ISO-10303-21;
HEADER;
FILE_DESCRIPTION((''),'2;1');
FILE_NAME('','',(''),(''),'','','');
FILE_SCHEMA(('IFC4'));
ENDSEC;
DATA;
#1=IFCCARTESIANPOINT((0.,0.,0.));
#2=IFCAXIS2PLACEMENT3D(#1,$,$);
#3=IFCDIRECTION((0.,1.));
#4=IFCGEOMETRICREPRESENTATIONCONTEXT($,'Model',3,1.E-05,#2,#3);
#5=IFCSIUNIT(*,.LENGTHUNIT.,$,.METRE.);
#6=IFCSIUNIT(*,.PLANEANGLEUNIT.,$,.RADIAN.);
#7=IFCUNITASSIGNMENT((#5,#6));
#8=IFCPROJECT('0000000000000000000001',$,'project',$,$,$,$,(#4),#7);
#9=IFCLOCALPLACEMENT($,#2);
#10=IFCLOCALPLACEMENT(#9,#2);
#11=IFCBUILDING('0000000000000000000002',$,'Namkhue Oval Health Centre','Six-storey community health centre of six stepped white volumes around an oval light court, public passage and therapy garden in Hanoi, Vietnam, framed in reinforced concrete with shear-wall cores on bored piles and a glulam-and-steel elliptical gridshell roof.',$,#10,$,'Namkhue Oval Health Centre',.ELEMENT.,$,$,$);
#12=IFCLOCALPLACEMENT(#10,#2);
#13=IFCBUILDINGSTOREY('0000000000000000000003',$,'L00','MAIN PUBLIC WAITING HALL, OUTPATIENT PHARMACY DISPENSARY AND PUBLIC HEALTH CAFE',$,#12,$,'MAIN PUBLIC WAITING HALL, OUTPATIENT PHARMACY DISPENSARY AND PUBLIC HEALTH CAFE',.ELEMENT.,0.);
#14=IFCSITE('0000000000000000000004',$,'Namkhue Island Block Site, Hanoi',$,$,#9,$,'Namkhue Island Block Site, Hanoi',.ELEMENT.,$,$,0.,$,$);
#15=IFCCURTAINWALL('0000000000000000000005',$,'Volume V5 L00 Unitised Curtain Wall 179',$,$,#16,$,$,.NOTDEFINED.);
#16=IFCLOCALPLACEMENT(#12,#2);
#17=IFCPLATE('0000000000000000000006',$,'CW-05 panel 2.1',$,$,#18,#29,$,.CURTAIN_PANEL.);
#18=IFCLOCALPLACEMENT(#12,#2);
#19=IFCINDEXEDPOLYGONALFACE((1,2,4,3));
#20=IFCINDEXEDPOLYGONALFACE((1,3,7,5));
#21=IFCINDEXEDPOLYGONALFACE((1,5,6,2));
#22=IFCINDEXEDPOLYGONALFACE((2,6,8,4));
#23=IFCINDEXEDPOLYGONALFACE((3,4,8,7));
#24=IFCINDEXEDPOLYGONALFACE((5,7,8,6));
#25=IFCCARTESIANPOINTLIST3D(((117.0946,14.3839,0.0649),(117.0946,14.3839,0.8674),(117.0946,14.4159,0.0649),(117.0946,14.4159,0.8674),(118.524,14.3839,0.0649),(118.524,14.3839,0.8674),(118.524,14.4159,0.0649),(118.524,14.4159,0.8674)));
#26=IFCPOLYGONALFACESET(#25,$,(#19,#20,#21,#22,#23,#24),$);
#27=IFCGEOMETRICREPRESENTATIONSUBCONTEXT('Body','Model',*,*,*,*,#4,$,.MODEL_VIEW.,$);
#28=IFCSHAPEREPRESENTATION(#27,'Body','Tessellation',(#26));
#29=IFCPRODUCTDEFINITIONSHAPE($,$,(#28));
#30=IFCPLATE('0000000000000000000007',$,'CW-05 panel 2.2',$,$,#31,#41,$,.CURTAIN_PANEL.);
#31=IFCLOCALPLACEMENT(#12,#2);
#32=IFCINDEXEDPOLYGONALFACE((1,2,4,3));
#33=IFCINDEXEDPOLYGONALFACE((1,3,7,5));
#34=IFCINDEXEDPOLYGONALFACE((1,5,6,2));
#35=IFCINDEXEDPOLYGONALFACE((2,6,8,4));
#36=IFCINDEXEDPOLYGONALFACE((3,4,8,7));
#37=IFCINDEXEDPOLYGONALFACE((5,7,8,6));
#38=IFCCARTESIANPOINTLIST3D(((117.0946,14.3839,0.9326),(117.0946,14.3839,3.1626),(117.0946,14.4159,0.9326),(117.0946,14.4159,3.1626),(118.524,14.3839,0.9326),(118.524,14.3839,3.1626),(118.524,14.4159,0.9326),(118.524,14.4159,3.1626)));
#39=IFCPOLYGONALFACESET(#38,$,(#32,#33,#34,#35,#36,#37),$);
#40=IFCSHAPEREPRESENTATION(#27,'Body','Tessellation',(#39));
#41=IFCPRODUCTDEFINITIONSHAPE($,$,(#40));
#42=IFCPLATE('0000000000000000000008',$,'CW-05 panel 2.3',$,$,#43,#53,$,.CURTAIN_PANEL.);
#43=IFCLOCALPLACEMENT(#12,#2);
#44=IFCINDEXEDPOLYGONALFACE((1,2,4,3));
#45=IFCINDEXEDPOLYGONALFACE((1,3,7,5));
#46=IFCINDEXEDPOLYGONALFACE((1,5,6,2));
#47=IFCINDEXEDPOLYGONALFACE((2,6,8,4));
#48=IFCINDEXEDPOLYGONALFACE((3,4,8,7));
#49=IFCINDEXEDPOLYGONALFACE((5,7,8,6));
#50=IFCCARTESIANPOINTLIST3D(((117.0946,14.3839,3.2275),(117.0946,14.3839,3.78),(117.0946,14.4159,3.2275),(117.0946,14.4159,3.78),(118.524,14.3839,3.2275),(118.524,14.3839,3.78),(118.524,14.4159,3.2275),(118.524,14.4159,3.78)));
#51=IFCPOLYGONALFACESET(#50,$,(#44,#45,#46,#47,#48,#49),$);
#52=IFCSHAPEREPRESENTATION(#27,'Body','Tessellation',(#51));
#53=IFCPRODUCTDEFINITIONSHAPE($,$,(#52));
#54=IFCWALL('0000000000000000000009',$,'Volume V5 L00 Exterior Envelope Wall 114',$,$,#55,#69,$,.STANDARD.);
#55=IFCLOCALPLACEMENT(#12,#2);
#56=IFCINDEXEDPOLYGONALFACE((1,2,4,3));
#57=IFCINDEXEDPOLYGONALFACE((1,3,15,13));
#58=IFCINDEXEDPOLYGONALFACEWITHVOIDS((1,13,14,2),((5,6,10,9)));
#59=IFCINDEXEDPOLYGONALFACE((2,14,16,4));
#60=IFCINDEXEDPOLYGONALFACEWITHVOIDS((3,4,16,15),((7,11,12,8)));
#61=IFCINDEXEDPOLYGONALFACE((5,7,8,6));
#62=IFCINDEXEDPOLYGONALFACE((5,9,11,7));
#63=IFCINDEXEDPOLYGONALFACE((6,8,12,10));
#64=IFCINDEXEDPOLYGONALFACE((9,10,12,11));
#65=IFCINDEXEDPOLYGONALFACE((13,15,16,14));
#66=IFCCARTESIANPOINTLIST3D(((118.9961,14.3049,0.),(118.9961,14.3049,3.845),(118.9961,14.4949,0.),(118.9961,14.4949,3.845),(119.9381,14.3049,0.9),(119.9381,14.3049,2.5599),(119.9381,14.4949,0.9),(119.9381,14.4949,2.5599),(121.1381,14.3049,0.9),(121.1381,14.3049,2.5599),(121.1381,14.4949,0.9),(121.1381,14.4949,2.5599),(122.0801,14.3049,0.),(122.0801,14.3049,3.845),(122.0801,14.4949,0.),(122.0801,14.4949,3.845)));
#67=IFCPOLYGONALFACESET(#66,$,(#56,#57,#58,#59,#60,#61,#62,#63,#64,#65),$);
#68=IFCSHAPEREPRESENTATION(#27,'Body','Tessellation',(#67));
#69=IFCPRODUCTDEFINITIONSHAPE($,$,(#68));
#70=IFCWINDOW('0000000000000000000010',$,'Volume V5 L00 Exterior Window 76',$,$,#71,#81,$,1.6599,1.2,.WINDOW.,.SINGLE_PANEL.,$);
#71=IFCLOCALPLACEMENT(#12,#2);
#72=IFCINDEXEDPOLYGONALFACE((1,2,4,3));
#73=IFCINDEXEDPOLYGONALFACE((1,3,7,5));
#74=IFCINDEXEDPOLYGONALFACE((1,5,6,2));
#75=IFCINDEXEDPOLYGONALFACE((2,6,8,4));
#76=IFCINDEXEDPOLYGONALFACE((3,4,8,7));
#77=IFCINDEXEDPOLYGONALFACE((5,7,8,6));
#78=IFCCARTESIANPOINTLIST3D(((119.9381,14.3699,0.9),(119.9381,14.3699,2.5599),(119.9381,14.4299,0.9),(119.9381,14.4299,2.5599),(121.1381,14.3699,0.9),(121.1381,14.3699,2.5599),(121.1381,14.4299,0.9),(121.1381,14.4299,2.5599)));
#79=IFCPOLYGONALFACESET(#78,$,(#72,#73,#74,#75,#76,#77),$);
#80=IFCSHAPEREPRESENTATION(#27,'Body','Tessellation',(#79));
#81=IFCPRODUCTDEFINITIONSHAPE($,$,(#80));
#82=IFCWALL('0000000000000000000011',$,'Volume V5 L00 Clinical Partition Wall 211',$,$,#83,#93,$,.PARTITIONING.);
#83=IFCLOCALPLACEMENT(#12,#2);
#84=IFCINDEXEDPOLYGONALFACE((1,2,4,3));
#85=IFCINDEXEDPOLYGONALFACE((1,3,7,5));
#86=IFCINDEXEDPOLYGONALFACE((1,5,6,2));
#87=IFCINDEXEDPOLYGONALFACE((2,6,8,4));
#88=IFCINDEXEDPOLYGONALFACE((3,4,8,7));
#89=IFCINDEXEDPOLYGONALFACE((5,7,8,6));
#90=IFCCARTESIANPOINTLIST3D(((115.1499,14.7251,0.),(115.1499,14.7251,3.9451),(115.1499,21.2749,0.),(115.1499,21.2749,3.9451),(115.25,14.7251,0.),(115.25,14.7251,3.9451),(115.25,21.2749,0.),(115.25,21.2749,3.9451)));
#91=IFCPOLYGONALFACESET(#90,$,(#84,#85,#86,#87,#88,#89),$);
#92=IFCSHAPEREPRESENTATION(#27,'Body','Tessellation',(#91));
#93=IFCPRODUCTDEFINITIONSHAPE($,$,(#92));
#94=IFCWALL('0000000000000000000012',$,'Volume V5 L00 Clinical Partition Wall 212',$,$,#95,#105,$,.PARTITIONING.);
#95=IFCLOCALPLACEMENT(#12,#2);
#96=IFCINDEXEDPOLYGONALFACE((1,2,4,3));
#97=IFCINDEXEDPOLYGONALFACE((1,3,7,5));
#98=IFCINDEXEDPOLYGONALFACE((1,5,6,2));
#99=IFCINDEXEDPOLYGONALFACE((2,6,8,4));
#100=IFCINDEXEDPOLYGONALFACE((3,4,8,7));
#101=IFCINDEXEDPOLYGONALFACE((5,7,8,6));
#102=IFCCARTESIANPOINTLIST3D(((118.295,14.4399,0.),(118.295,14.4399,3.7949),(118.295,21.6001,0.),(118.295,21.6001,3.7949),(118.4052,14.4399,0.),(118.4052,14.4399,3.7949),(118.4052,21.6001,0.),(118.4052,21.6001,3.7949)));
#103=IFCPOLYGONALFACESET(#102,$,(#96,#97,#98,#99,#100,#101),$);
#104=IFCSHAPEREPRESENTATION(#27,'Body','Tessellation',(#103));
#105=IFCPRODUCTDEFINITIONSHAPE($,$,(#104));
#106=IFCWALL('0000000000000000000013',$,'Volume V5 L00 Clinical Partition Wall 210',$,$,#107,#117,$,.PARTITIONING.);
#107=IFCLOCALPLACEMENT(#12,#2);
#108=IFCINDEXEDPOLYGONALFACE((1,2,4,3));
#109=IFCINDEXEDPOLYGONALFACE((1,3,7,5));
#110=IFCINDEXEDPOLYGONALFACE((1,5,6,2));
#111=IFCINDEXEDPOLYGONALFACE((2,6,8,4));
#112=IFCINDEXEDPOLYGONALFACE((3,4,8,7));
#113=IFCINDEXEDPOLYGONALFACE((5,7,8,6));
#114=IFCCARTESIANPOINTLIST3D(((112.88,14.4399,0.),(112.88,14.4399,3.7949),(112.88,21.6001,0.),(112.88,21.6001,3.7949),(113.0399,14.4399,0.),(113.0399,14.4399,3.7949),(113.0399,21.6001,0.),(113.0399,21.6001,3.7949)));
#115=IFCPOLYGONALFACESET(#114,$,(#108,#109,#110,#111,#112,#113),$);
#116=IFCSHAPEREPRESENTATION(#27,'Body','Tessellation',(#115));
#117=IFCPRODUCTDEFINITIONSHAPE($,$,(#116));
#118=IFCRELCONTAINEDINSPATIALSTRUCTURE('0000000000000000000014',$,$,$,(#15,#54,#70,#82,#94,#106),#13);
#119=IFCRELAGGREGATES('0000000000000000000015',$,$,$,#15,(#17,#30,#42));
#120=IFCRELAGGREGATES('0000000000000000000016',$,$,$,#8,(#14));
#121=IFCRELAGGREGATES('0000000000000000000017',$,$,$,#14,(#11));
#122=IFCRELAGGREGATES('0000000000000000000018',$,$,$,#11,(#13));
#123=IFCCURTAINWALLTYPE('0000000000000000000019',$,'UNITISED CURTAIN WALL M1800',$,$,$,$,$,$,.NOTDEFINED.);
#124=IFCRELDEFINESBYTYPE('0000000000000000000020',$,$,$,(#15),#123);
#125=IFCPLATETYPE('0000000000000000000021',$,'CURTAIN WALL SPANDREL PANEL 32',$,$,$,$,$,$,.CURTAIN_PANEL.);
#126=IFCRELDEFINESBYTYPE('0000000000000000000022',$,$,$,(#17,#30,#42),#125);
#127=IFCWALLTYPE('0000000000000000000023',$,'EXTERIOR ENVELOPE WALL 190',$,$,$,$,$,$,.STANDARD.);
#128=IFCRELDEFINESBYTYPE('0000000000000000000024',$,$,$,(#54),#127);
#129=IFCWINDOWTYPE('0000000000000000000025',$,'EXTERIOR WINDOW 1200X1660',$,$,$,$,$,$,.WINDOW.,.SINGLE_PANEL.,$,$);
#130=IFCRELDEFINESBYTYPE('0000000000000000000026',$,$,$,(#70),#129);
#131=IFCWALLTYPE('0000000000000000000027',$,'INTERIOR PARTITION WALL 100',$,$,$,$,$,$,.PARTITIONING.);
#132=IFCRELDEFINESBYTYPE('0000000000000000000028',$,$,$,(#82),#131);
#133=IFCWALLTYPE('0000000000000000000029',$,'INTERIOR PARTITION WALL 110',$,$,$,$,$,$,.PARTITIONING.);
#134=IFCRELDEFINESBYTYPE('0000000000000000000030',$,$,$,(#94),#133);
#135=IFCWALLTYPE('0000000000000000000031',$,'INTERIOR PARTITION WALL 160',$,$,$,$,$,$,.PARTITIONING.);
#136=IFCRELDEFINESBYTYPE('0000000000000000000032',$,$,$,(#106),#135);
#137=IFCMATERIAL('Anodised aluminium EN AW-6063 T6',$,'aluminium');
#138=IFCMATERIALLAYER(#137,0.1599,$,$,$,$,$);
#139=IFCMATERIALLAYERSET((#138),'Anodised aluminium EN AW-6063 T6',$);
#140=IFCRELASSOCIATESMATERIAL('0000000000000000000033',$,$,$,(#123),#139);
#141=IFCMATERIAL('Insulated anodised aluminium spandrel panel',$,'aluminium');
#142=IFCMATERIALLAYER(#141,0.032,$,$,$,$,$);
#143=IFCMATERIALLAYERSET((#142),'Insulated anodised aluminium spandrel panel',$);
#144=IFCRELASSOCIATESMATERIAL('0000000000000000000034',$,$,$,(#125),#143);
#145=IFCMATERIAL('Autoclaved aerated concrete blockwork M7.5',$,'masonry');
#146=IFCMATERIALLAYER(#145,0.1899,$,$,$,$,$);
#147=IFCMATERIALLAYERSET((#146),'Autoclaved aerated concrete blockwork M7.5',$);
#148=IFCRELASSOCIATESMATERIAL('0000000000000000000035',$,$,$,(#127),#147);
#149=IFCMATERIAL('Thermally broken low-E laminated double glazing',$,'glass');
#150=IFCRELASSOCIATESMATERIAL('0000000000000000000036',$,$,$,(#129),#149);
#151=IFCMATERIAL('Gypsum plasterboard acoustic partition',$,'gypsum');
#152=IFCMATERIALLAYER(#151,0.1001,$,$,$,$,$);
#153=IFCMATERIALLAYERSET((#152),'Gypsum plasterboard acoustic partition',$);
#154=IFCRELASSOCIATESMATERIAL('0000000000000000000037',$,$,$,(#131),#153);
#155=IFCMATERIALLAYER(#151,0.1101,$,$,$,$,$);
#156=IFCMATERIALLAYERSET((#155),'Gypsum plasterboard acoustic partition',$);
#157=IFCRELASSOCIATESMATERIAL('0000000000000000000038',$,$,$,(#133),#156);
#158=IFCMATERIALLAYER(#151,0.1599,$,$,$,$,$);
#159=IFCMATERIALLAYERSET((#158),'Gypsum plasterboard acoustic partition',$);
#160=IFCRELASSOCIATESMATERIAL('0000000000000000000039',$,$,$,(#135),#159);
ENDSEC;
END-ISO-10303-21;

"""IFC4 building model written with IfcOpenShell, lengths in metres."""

from ifc_helpers import new_model, si_unit, direction, frame, frame_2d, origin, origin_2d, place, context, subcontext, project, spatial, rectangle, extrude, material, layer, layer_set, type_object, element, fill, aggregate, save


model = new_model("IFC4")

# Units and contexts
model_context = context("Model", 3, precision=1e-05, world=origin(), true_north=direction((0.0, 1.0)))
body_context = subcontext(model_context, "Body", "Model", "MODEL_VIEW")
ifc_project = project(units=[si_unit("LENGTHUNIT", "METRE"), si_unit("PLANEANGLEUNIT", "RADIAN")], contexts=[model_context])

# Site, building, storey
site_placement = place(None, origin())
site = spatial("IfcSite", under=ifc_project, at=site_placement, Name="Namkhue Island Block Site, Hanoi", LongName="Namkhue Island Block Site, Hanoi", CompositionType="ELEMENT", RefElevation=0.0)
building_placement = place(site_placement, origin())
building = spatial("IfcBuilding", under=site, at=building_placement, Name="Namkhue Oval Health Centre", Description="Six-storey community health centre of six stepped white volumes around an oval light court, public passage and therapy garden in Hanoi, Vietnam, framed in reinforced concrete with shear-wall cores on bored piles and a glulam-and-steel elliptical gridshell roof.", LongName="Namkhue Oval Health Centre", CompositionType="ELEMENT")
storey_placement = place(building_placement, origin())
storey = spatial("IfcBuildingStorey", under=building, at=storey_placement, Name="L00", Description="MAIN PUBLIC WAITING HALL, OUTPATIENT PHARMACY DISPENSARY AND PUBLIC HEALTH CAFE", LongName="MAIN PUBLIC WAITING HALL, OUTPATIENT PHARMACY DISPENSARY AND PUBLIC HEALTH CAFE", CompositionType="ELEMENT", Elevation=0.0)

# Curtain wall
ifc_material_1 = material(Name="Anodised aluminium EN AW-6063 T6", Category="aluminium")
ifc_layer_1 = layer(ifc_material_1, 0.1599)
ifc_layer_set_1 = layer_set([ifc_layer_1], Name="Anodised aluminium EN AW-6063 T6")
curtain_wall_type = type_object("IfcCurtainWallType", Name="UNITISED CURTAIN WALL M1800", PredefinedType="NOTDEFINED", material=ifc_layer_set_1)
curtain_wall_placement = place(storey_placement, origin())
curtain_wall = element("IfcCurtainWall", 1, at=curtain_wall_placement, inside=storey, type_object=curtain_wall_type, Name="Volume V5 L00 Unitised Curtain Wall 179", PredefinedType="NOTDEFINED")

# Plates
ifc_material_2 = material(Name="Insulated anodised aluminium spandrel panel", Category="aluminium")
ifc_layer_2 = layer(ifc_material_2, 0.032)
ifc_layer_set_2 = layer_set([ifc_layer_2], Name="Insulated anodised aluminium spandrel panel")
plate_type = type_object("IfcPlateType", Name="CURTAIN WALL SPANDREL PANEL 32", PredefinedType="CURTAIN_PANEL", material=ifc_layer_set_2)
plate_1_placement = place(storey_placement, frame((117.8093, 14.3999, 0.0649), z_axis=(0.0, 0.0, 1.0), x_axis=(1.0, 0.0, 0.0)))
plate_1 = element("IfcPlate", 2, at=plate_1_placement, type_object=plate_type, Name="CW-05 panel 2.1", PredefinedType="CURTAIN_PANEL", context=body_context, shape_type="SweptSolid", body=[
    extrude(rectangle(XDim=1.4294, YDim=0.032, at=origin_2d()), origin(), (0.0, 0.0, 1.0), 0.8025),
])
plate_2_placement = place(storey_placement, frame((117.8093, 14.3999, 0.9326), z_axis=(0.0, 0.0, 1.0), x_axis=(1.0, 0.0, 0.0)))
plate_2 = element("IfcPlate", 3, at=plate_2_placement, type_object=plate_type, Name="CW-05 panel 2.2", PredefinedType="CURTAIN_PANEL", context=body_context, shape_type="SweptSolid", body=[
    extrude(rectangle(XDim=1.4294, YDim=0.032, at=origin_2d()), origin(), (0.0, 0.0, 1.0), 2.23),
])
plate_3_placement = place(storey_placement, frame((117.8093, 14.3999, 3.2275), z_axis=(0.0, 0.0, 1.0), x_axis=(1.0, 0.0, 0.0)))
plate_3 = element("IfcPlate", 4, at=plate_3_placement, type_object=plate_type, Name="CW-05 panel 2.3", PredefinedType="CURTAIN_PANEL", context=body_context, shape_type="SweptSolid", body=[
    extrude(rectangle(XDim=1.4294, YDim=0.032, at=origin_2d()), origin(), (0.0, 0.0, 1.0), 0.5525),
])
aggregate(curtain_wall, [plate_1, plate_2, plate_3])

# Wall, opening, window
ifc_material_3 = material(Name="Autoclaved aerated concrete blockwork M7.5", Category="masonry")
ifc_layer_3 = layer(ifc_material_3, 0.1899)
ifc_layer_set_3 = layer_set([ifc_layer_3], Name="Autoclaved aerated concrete blockwork M7.5")
wall_type_1 = type_object("IfcWallType", Name="EXTERIOR ENVELOPE WALL 190", PredefinedType="STANDARD", material=ifc_layer_set_3)
wall_1_placement = place(storey_placement, frame((118.9961, 14.3999, 0.0), z_axis=(0.0, 0.0, 1.0), x_axis=(1.0, 0.0, 0.0)))
wall_1 = element("IfcWall", 5, at=wall_1_placement, inside=storey, type_object=wall_type_1, Name="Volume V5 L00 Exterior Envelope Wall 114", PredefinedType="STANDARD", context=body_context, shape_type="SweptSolid", body=[
    extrude(rectangle(XDim=3.084, YDim=0.1899, at=frame_2d((1.542, 0.0))), origin(), (0.0, 0.0, 1.0), 3.845),
])
opening_placement = place(wall_1_placement, frame((0.9419, 0.0, 0.8999)))
opening = element("IfcOpeningElement", 6, at=opening_placement, cuts=wall_1, PredefinedType="OPENING", context=body_context, shape_type="SweptSolid", body=[
    extrude(rectangle(XDim=1.2, YDim=1.6599, at=frame_2d((0.6001, 0.8301))), frame((0.0, 0.105, 0.0), z_axis=(0.0, -1.0, 0.0), x_axis=(1.0, 0.0, 0.0)), (0.0, 0.0, 1.0), 0.21),
])
ifc_material_4 = material(Name="Thermally broken low-E laminated double glazing", Category="glass")
window_type = type_object("IfcWindowType", Name="EXTERIOR WINDOW 1200X1660", PartitioningType="SINGLE_PANEL", PredefinedType="WINDOW", material=ifc_material_4)
window_placement = place(opening_placement, origin())
window = element("IfcWindow", 7, at=window_placement, inside=storey, type_object=window_type, Name="Volume V5 L00 Exterior Window 76", OverallHeight=1.6599, OverallWidth=1.2, PartitioningType="SINGLE_PANEL", PredefinedType="WINDOW", context=body_context, shape_type="SweptSolid", body=[
    extrude(rectangle(XDim=1.2, YDim=1.6599, at=frame_2d((0.6001, 0.8301))), frame((0.0, 0.03, 0.0), z_axis=(0.0, -1.0, 0.0), x_axis=(1.0, 0.0, 0.0)), (0.0, 0.0, 1.0), 0.0601),
])
fill(opening, window)

# Walls
ifc_material_5 = material(Name="Gypsum plasterboard acoustic partition", Category="gypsum")
ifc_layer_4 = layer(ifc_material_5, 0.1001)
ifc_layer_set_4 = layer_set([ifc_layer_4], Name="Gypsum plasterboard acoustic partition")
wall_type_2 = type_object("IfcWallType", Name="INTERIOR PARTITION WALL 100", PredefinedType="PARTITIONING", material=ifc_layer_set_4)
wall_2_placement = place(storey_placement, frame((115.2, 14.7251, 0.0), z_axis=(0.0, 0.0, 1.0), x_axis=(0.0, 1.0, 0.0)))
element("IfcWall", 8, at=wall_2_placement, inside=storey, type_object=wall_type_2, Name="Volume V5 L00 Clinical Partition Wall 211", PredefinedType="PARTITIONING", context=body_context, shape_type="SweptSolid", body=[
    extrude(rectangle(XDim=6.5498, YDim=0.1001, at=frame_2d((3.2749, 0.0))), origin(), (0.0, 0.0, 1.0), 3.9451),
])
ifc_layer_5 = layer(ifc_material_5, 0.1101)
ifc_layer_set_5 = layer_set([ifc_layer_5], Name="Gypsum plasterboard acoustic partition")
wall_type_3 = type_object("IfcWallType", Name="INTERIOR PARTITION WALL 110", PredefinedType="PARTITIONING", material=ifc_layer_set_5)
wall_3_placement = place(storey_placement, frame((118.3501, 14.4399, 0.0), z_axis=(0.0, 0.0, 1.0), x_axis=(0.0, 1.0, 0.0)))
element("IfcWall", 9, at=wall_3_placement, inside=storey, type_object=wall_type_3, Name="Volume V5 L00 Clinical Partition Wall 212", PredefinedType="PARTITIONING", context=body_context, shape_type="SweptSolid", body=[
    extrude(rectangle(XDim=7.1602, YDim=0.1101, at=frame_2d((3.5801, 0.0))), origin(), (0.0, 0.0, 1.0), 3.7949),
])
ifc_layer_6 = layer(ifc_material_5, 0.1599)
ifc_layer_set_6 = layer_set([ifc_layer_6], Name="Gypsum plasterboard acoustic partition")
wall_type_4 = type_object("IfcWallType", Name="INTERIOR PARTITION WALL 160", PredefinedType="PARTITIONING", material=ifc_layer_set_6)
wall_4_placement = place(storey_placement, frame((112.96, 14.4399, 0.0), z_axis=(0.0, 0.0, 1.0), x_axis=(0.0, 1.0, 0.0)))
element("IfcWall", 10, at=wall_4_placement, inside=storey, type_object=wall_type_4, Name="Volume V5 L00 Clinical Partition Wall 210", PredefinedType="PARTITIONING", context=body_context, shape_type="SweptSolid", body=[
    extrude(rectangle(XDim=7.1602, YDim=0.1599, at=frame_2d((3.5801, 0.0))), origin(), (0.0, 0.0, 1.0), 3.7949),
])

save(model, "model.ifc")
